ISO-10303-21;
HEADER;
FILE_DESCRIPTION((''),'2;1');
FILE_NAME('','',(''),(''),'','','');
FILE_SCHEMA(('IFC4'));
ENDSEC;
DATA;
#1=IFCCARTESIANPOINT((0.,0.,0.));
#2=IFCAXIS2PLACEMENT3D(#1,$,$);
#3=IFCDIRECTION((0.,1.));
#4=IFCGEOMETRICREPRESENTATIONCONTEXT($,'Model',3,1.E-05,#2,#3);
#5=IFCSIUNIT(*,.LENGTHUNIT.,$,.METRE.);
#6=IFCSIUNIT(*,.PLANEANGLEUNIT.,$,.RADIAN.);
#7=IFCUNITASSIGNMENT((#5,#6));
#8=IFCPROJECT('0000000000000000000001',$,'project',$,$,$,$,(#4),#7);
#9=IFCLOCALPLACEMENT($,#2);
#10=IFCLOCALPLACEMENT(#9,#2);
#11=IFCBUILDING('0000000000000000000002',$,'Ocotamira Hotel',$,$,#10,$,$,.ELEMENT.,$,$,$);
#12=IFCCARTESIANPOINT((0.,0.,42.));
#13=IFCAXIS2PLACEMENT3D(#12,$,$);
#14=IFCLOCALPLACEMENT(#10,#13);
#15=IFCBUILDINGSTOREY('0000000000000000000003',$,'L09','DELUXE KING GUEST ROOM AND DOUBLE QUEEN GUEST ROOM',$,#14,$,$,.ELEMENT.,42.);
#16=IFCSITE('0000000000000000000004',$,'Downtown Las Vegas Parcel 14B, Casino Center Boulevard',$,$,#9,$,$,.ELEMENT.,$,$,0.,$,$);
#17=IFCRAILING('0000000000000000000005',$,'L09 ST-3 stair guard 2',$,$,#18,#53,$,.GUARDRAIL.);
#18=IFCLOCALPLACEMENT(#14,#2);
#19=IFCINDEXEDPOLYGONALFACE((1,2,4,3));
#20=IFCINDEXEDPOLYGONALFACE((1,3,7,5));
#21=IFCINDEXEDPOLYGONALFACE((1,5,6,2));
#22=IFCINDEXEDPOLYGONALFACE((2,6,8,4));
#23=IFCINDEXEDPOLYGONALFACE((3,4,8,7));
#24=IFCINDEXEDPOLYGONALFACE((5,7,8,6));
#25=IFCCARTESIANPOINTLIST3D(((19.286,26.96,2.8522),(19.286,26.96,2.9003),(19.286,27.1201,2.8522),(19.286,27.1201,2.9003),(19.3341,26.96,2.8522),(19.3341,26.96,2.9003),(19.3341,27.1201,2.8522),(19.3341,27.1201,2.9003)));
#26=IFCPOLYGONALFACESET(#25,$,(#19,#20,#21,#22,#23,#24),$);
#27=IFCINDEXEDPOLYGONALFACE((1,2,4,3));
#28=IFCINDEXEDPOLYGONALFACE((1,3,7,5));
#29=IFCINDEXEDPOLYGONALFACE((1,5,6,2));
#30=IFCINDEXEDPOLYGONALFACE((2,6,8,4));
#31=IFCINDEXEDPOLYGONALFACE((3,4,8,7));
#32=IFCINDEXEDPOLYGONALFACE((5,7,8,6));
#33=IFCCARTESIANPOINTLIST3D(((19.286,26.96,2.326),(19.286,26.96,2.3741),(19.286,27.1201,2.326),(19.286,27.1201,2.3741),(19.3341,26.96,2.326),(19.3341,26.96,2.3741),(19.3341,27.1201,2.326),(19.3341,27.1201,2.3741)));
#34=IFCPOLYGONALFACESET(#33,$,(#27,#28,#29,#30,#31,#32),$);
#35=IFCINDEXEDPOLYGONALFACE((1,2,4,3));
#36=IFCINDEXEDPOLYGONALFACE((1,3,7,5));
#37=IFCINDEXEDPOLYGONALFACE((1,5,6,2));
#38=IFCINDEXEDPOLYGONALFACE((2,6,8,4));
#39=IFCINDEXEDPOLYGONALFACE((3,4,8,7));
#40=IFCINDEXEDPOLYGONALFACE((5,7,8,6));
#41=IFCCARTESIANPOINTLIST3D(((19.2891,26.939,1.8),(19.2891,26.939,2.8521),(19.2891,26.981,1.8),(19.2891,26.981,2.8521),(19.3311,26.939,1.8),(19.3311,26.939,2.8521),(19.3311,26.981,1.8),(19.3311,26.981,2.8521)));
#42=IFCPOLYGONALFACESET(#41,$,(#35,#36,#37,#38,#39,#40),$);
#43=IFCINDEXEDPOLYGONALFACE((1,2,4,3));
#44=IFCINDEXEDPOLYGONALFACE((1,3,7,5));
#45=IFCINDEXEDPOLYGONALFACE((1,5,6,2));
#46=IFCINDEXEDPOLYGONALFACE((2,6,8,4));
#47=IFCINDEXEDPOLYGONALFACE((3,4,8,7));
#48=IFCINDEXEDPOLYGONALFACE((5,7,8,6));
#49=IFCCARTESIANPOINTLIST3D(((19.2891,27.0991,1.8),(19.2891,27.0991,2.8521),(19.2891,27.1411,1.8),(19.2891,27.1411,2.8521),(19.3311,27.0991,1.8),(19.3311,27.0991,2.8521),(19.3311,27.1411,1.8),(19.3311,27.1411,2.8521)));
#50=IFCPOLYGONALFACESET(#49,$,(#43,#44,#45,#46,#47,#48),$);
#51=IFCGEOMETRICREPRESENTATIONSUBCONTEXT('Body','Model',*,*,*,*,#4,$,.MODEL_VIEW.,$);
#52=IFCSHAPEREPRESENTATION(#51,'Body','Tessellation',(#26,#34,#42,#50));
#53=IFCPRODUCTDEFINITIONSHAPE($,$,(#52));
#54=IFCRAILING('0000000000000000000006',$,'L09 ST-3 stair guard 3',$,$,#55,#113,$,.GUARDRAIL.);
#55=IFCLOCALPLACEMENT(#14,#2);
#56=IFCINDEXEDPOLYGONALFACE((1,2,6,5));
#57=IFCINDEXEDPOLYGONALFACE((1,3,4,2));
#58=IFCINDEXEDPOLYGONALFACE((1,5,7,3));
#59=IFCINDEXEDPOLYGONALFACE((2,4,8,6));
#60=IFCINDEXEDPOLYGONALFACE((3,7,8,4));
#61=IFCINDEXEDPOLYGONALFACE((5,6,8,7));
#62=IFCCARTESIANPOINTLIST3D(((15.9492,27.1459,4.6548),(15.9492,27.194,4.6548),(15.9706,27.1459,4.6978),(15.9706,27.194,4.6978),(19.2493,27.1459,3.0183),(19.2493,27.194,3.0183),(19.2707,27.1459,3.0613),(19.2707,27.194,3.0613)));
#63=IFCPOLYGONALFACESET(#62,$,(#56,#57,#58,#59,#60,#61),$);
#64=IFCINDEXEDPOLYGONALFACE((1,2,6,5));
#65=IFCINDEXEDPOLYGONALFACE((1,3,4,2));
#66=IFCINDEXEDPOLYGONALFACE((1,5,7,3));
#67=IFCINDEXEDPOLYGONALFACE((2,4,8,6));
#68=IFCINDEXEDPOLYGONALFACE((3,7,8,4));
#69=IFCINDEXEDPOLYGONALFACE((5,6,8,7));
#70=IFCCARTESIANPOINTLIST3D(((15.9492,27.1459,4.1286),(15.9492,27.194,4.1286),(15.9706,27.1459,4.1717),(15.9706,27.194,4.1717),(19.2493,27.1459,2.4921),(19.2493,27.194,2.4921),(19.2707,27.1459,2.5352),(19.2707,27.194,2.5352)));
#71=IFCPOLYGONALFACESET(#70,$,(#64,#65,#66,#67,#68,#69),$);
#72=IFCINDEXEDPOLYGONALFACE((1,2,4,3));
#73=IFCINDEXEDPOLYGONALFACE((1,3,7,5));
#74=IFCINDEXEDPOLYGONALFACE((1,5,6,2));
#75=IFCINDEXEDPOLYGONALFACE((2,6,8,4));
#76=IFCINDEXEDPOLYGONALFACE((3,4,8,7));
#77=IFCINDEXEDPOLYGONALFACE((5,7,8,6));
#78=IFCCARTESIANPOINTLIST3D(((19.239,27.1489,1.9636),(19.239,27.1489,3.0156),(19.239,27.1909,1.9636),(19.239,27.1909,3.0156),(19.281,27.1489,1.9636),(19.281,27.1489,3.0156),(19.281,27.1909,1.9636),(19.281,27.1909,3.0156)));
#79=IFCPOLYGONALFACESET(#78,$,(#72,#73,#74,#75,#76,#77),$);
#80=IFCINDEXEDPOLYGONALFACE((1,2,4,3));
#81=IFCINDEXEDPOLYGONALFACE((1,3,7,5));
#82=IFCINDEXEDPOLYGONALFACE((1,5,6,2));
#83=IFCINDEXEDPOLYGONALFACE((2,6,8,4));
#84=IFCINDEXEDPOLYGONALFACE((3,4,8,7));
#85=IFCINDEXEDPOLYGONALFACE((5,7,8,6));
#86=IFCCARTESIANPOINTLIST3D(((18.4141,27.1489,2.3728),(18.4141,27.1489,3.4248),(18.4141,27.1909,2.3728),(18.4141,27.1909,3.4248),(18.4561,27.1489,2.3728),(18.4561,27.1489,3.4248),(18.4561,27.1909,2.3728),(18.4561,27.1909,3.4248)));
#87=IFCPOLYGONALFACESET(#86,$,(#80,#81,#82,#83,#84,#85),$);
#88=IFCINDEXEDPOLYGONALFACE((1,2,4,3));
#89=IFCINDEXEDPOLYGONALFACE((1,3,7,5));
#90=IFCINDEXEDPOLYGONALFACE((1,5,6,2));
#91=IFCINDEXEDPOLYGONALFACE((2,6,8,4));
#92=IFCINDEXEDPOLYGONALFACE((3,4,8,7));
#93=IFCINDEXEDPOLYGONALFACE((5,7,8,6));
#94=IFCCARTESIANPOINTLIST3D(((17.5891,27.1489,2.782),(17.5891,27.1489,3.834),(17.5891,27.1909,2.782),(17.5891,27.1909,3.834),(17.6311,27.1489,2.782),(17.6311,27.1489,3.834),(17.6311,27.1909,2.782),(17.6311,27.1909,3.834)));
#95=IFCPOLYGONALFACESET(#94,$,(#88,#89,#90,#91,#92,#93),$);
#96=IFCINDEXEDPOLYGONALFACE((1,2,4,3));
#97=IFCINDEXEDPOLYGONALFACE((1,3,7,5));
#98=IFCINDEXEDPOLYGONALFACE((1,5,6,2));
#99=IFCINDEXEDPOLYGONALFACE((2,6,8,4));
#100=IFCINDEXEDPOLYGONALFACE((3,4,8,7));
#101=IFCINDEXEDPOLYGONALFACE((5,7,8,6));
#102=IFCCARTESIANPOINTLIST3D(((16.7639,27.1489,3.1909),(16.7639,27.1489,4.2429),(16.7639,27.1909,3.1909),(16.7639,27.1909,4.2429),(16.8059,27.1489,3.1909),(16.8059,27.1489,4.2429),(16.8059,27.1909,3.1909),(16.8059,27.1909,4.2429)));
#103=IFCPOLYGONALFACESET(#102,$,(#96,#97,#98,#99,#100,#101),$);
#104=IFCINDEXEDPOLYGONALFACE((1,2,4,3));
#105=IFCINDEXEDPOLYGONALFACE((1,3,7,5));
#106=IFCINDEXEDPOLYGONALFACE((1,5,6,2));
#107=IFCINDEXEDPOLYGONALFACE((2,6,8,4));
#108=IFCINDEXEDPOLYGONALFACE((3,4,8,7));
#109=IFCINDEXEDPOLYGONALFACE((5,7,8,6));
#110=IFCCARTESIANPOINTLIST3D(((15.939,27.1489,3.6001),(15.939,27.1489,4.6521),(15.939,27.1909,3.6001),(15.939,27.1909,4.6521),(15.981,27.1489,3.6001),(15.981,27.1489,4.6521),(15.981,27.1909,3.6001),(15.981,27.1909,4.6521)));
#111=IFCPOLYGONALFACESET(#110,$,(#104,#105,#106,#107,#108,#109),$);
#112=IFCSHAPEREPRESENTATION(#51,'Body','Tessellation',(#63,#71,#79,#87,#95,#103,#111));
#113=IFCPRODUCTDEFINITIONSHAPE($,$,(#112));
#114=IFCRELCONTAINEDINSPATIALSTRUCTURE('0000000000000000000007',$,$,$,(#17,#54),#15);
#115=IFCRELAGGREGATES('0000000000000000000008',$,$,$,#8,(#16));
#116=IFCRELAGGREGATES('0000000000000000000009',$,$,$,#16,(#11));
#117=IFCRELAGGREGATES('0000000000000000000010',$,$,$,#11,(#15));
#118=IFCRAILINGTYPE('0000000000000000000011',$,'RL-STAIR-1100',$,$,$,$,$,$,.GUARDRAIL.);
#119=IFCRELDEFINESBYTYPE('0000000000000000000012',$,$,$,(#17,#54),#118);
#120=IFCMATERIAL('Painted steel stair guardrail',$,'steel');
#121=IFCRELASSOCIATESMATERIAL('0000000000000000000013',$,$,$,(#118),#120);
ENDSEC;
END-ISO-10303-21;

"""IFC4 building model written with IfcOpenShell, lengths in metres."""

from ifc_helpers import new_model, si_unit, direction, frame, origin, origin_2d, place, context, subcontext, project, spatial, rectangle, extrude, material, type_object, element, save


model = new_model("IFC4")

# Units and contexts
model_context = context("Model", 3, precision=1e-05, world=origin(), true_north=direction((0.0, 1.0)))
body_context = subcontext(model_context, "Body", "Model", "MODEL_VIEW")
ifc_project = project(units=[si_unit("LENGTHUNIT", "METRE"), si_unit("PLANEANGLEUNIT", "RADIAN")], contexts=[model_context])

# Site, building, storey
site_placement = place(None, origin())
site = spatial("IfcSite", under=ifc_project, at=site_placement, Name="Downtown Las Vegas Parcel 14B, Casino Center Boulevard", CompositionType="ELEMENT", RefElevation=0.0)
building_placement = place(site_placement, origin())
building = spatial("IfcBuilding", under=site, at=building_placement, Name="Ocotamira Hotel", CompositionType="ELEMENT")
storey_placement = place(building_placement, frame((0.0, 0.0, 42.0)))
storey = spatial("IfcBuildingStorey", under=building, at=storey_placement, Name="L09", Description="DELUXE KING GUEST ROOM AND DOUBLE QUEEN GUEST ROOM", CompositionType="ELEMENT", Elevation=42.0)

# Railings
ifc_material_1 = material(Name="Painted steel stair guardrail", Category="steel")
railing_type_1 = type_object("IfcRailingType", Name="RL-STAIR-1100", PredefinedType="GUARDRAIL", material=ifc_material_1)
railing_1_placement = place(storey_placement, frame((19.3101, 26.96, 1.8)))
element("IfcRailing", 1, at=railing_1_placement, inside=storey, type_object=railing_type_1, Name="L09 ST-3 stair guard 2", PredefinedType="GUARDRAIL", context=body_context, shape_type="SweptSolid", body=[
    extrude(rectangle(XDim=0.0481, YDim=0.0481, at=origin_2d()), frame((0.0, 0.0, 1.0762), z_axis=(0.0, 1.0, 0.0), x_axis=(-1.0, 0.0, 0.0)), (0.0, 0.0, 1.0), 0.1602),
    extrude(rectangle(XDim=0.0481, YDim=0.0481, at=origin_2d()), frame((0.0, 0.0, 0.55), z_axis=(0.0, 1.0, 0.0), x_axis=(-1.0, 0.0, 0.0)), (0.0, 0.0, 1.0), 0.1602),
    extrude(rectangle(XDim=0.042, YDim=0.042, at=origin_2d()), origin(), (0.0, 0.0, 1.0), 1.052),
    extrude(rectangle(XDim=0.042, YDim=0.042, at=origin_2d()), frame((0.0, 0.1602, 0.0)), (0.0, 0.0, 1.0), 1.052),
])
railing_2_placement = place(storey_placement, frame((19.26, 27.1699, 1.9636)))
element("IfcRailing", 2, at=railing_2_placement, inside=storey, type_object=railing_type_1, Name="L09 ST-3 stair guard 3", PredefinedType="GUARDRAIL", context=body_context, shape_type="SweptSolid", body=[
    extrude(rectangle(XDim=0.0481, YDim=0.0481, at=origin_2d()), frame((0.0, 0.0, 1.0762), z_axis=(-0.895894, 0.0, 0.444268), x_axis=(0.0, -1.0, 0.0)), (0.0, 0.0, 1.0), 3.6836),
    extrude(rectangle(XDim=0.0481, YDim=0.0481, at=origin_2d()), frame((0.0, 0.0, 0.55), z_axis=(-0.895894, 0.0, 0.444268), x_axis=(0.0, -1.0, 0.0)), (0.0, 0.0, 1.0), 3.6836),
    extrude(rectangle(XDim=0.042, YDim=0.042, at=origin_2d()), origin(), (0.0, 0.0, 1.0), 1.052),
    extrude(rectangle(XDim=0.042, YDim=0.042, at=origin_2d()), frame((-0.825, 0.0, 0.4092)), (0.0, 0.0, 1.0), 1.052),
    extrude(rectangle(XDim=0.042, YDim=0.042, at=origin_2d()), frame((-1.6499, 0.0, 0.8184)), (0.0, 0.0, 1.0), 1.052),
    extrude(rectangle(XDim=0.042, YDim=0.042, at=origin_2d()), frame((-2.4751, 0.0, 1.2273)), (0.0, 0.0, 1.0), 1.052),
    extrude(rectangle(XDim=0.042, YDim=0.042, at=origin_2d()), frame((-3.3, 0.0, 1.6365)), (0.0, 0.0, 1.0), 1.052),
])

save(model, "model.ifc")
